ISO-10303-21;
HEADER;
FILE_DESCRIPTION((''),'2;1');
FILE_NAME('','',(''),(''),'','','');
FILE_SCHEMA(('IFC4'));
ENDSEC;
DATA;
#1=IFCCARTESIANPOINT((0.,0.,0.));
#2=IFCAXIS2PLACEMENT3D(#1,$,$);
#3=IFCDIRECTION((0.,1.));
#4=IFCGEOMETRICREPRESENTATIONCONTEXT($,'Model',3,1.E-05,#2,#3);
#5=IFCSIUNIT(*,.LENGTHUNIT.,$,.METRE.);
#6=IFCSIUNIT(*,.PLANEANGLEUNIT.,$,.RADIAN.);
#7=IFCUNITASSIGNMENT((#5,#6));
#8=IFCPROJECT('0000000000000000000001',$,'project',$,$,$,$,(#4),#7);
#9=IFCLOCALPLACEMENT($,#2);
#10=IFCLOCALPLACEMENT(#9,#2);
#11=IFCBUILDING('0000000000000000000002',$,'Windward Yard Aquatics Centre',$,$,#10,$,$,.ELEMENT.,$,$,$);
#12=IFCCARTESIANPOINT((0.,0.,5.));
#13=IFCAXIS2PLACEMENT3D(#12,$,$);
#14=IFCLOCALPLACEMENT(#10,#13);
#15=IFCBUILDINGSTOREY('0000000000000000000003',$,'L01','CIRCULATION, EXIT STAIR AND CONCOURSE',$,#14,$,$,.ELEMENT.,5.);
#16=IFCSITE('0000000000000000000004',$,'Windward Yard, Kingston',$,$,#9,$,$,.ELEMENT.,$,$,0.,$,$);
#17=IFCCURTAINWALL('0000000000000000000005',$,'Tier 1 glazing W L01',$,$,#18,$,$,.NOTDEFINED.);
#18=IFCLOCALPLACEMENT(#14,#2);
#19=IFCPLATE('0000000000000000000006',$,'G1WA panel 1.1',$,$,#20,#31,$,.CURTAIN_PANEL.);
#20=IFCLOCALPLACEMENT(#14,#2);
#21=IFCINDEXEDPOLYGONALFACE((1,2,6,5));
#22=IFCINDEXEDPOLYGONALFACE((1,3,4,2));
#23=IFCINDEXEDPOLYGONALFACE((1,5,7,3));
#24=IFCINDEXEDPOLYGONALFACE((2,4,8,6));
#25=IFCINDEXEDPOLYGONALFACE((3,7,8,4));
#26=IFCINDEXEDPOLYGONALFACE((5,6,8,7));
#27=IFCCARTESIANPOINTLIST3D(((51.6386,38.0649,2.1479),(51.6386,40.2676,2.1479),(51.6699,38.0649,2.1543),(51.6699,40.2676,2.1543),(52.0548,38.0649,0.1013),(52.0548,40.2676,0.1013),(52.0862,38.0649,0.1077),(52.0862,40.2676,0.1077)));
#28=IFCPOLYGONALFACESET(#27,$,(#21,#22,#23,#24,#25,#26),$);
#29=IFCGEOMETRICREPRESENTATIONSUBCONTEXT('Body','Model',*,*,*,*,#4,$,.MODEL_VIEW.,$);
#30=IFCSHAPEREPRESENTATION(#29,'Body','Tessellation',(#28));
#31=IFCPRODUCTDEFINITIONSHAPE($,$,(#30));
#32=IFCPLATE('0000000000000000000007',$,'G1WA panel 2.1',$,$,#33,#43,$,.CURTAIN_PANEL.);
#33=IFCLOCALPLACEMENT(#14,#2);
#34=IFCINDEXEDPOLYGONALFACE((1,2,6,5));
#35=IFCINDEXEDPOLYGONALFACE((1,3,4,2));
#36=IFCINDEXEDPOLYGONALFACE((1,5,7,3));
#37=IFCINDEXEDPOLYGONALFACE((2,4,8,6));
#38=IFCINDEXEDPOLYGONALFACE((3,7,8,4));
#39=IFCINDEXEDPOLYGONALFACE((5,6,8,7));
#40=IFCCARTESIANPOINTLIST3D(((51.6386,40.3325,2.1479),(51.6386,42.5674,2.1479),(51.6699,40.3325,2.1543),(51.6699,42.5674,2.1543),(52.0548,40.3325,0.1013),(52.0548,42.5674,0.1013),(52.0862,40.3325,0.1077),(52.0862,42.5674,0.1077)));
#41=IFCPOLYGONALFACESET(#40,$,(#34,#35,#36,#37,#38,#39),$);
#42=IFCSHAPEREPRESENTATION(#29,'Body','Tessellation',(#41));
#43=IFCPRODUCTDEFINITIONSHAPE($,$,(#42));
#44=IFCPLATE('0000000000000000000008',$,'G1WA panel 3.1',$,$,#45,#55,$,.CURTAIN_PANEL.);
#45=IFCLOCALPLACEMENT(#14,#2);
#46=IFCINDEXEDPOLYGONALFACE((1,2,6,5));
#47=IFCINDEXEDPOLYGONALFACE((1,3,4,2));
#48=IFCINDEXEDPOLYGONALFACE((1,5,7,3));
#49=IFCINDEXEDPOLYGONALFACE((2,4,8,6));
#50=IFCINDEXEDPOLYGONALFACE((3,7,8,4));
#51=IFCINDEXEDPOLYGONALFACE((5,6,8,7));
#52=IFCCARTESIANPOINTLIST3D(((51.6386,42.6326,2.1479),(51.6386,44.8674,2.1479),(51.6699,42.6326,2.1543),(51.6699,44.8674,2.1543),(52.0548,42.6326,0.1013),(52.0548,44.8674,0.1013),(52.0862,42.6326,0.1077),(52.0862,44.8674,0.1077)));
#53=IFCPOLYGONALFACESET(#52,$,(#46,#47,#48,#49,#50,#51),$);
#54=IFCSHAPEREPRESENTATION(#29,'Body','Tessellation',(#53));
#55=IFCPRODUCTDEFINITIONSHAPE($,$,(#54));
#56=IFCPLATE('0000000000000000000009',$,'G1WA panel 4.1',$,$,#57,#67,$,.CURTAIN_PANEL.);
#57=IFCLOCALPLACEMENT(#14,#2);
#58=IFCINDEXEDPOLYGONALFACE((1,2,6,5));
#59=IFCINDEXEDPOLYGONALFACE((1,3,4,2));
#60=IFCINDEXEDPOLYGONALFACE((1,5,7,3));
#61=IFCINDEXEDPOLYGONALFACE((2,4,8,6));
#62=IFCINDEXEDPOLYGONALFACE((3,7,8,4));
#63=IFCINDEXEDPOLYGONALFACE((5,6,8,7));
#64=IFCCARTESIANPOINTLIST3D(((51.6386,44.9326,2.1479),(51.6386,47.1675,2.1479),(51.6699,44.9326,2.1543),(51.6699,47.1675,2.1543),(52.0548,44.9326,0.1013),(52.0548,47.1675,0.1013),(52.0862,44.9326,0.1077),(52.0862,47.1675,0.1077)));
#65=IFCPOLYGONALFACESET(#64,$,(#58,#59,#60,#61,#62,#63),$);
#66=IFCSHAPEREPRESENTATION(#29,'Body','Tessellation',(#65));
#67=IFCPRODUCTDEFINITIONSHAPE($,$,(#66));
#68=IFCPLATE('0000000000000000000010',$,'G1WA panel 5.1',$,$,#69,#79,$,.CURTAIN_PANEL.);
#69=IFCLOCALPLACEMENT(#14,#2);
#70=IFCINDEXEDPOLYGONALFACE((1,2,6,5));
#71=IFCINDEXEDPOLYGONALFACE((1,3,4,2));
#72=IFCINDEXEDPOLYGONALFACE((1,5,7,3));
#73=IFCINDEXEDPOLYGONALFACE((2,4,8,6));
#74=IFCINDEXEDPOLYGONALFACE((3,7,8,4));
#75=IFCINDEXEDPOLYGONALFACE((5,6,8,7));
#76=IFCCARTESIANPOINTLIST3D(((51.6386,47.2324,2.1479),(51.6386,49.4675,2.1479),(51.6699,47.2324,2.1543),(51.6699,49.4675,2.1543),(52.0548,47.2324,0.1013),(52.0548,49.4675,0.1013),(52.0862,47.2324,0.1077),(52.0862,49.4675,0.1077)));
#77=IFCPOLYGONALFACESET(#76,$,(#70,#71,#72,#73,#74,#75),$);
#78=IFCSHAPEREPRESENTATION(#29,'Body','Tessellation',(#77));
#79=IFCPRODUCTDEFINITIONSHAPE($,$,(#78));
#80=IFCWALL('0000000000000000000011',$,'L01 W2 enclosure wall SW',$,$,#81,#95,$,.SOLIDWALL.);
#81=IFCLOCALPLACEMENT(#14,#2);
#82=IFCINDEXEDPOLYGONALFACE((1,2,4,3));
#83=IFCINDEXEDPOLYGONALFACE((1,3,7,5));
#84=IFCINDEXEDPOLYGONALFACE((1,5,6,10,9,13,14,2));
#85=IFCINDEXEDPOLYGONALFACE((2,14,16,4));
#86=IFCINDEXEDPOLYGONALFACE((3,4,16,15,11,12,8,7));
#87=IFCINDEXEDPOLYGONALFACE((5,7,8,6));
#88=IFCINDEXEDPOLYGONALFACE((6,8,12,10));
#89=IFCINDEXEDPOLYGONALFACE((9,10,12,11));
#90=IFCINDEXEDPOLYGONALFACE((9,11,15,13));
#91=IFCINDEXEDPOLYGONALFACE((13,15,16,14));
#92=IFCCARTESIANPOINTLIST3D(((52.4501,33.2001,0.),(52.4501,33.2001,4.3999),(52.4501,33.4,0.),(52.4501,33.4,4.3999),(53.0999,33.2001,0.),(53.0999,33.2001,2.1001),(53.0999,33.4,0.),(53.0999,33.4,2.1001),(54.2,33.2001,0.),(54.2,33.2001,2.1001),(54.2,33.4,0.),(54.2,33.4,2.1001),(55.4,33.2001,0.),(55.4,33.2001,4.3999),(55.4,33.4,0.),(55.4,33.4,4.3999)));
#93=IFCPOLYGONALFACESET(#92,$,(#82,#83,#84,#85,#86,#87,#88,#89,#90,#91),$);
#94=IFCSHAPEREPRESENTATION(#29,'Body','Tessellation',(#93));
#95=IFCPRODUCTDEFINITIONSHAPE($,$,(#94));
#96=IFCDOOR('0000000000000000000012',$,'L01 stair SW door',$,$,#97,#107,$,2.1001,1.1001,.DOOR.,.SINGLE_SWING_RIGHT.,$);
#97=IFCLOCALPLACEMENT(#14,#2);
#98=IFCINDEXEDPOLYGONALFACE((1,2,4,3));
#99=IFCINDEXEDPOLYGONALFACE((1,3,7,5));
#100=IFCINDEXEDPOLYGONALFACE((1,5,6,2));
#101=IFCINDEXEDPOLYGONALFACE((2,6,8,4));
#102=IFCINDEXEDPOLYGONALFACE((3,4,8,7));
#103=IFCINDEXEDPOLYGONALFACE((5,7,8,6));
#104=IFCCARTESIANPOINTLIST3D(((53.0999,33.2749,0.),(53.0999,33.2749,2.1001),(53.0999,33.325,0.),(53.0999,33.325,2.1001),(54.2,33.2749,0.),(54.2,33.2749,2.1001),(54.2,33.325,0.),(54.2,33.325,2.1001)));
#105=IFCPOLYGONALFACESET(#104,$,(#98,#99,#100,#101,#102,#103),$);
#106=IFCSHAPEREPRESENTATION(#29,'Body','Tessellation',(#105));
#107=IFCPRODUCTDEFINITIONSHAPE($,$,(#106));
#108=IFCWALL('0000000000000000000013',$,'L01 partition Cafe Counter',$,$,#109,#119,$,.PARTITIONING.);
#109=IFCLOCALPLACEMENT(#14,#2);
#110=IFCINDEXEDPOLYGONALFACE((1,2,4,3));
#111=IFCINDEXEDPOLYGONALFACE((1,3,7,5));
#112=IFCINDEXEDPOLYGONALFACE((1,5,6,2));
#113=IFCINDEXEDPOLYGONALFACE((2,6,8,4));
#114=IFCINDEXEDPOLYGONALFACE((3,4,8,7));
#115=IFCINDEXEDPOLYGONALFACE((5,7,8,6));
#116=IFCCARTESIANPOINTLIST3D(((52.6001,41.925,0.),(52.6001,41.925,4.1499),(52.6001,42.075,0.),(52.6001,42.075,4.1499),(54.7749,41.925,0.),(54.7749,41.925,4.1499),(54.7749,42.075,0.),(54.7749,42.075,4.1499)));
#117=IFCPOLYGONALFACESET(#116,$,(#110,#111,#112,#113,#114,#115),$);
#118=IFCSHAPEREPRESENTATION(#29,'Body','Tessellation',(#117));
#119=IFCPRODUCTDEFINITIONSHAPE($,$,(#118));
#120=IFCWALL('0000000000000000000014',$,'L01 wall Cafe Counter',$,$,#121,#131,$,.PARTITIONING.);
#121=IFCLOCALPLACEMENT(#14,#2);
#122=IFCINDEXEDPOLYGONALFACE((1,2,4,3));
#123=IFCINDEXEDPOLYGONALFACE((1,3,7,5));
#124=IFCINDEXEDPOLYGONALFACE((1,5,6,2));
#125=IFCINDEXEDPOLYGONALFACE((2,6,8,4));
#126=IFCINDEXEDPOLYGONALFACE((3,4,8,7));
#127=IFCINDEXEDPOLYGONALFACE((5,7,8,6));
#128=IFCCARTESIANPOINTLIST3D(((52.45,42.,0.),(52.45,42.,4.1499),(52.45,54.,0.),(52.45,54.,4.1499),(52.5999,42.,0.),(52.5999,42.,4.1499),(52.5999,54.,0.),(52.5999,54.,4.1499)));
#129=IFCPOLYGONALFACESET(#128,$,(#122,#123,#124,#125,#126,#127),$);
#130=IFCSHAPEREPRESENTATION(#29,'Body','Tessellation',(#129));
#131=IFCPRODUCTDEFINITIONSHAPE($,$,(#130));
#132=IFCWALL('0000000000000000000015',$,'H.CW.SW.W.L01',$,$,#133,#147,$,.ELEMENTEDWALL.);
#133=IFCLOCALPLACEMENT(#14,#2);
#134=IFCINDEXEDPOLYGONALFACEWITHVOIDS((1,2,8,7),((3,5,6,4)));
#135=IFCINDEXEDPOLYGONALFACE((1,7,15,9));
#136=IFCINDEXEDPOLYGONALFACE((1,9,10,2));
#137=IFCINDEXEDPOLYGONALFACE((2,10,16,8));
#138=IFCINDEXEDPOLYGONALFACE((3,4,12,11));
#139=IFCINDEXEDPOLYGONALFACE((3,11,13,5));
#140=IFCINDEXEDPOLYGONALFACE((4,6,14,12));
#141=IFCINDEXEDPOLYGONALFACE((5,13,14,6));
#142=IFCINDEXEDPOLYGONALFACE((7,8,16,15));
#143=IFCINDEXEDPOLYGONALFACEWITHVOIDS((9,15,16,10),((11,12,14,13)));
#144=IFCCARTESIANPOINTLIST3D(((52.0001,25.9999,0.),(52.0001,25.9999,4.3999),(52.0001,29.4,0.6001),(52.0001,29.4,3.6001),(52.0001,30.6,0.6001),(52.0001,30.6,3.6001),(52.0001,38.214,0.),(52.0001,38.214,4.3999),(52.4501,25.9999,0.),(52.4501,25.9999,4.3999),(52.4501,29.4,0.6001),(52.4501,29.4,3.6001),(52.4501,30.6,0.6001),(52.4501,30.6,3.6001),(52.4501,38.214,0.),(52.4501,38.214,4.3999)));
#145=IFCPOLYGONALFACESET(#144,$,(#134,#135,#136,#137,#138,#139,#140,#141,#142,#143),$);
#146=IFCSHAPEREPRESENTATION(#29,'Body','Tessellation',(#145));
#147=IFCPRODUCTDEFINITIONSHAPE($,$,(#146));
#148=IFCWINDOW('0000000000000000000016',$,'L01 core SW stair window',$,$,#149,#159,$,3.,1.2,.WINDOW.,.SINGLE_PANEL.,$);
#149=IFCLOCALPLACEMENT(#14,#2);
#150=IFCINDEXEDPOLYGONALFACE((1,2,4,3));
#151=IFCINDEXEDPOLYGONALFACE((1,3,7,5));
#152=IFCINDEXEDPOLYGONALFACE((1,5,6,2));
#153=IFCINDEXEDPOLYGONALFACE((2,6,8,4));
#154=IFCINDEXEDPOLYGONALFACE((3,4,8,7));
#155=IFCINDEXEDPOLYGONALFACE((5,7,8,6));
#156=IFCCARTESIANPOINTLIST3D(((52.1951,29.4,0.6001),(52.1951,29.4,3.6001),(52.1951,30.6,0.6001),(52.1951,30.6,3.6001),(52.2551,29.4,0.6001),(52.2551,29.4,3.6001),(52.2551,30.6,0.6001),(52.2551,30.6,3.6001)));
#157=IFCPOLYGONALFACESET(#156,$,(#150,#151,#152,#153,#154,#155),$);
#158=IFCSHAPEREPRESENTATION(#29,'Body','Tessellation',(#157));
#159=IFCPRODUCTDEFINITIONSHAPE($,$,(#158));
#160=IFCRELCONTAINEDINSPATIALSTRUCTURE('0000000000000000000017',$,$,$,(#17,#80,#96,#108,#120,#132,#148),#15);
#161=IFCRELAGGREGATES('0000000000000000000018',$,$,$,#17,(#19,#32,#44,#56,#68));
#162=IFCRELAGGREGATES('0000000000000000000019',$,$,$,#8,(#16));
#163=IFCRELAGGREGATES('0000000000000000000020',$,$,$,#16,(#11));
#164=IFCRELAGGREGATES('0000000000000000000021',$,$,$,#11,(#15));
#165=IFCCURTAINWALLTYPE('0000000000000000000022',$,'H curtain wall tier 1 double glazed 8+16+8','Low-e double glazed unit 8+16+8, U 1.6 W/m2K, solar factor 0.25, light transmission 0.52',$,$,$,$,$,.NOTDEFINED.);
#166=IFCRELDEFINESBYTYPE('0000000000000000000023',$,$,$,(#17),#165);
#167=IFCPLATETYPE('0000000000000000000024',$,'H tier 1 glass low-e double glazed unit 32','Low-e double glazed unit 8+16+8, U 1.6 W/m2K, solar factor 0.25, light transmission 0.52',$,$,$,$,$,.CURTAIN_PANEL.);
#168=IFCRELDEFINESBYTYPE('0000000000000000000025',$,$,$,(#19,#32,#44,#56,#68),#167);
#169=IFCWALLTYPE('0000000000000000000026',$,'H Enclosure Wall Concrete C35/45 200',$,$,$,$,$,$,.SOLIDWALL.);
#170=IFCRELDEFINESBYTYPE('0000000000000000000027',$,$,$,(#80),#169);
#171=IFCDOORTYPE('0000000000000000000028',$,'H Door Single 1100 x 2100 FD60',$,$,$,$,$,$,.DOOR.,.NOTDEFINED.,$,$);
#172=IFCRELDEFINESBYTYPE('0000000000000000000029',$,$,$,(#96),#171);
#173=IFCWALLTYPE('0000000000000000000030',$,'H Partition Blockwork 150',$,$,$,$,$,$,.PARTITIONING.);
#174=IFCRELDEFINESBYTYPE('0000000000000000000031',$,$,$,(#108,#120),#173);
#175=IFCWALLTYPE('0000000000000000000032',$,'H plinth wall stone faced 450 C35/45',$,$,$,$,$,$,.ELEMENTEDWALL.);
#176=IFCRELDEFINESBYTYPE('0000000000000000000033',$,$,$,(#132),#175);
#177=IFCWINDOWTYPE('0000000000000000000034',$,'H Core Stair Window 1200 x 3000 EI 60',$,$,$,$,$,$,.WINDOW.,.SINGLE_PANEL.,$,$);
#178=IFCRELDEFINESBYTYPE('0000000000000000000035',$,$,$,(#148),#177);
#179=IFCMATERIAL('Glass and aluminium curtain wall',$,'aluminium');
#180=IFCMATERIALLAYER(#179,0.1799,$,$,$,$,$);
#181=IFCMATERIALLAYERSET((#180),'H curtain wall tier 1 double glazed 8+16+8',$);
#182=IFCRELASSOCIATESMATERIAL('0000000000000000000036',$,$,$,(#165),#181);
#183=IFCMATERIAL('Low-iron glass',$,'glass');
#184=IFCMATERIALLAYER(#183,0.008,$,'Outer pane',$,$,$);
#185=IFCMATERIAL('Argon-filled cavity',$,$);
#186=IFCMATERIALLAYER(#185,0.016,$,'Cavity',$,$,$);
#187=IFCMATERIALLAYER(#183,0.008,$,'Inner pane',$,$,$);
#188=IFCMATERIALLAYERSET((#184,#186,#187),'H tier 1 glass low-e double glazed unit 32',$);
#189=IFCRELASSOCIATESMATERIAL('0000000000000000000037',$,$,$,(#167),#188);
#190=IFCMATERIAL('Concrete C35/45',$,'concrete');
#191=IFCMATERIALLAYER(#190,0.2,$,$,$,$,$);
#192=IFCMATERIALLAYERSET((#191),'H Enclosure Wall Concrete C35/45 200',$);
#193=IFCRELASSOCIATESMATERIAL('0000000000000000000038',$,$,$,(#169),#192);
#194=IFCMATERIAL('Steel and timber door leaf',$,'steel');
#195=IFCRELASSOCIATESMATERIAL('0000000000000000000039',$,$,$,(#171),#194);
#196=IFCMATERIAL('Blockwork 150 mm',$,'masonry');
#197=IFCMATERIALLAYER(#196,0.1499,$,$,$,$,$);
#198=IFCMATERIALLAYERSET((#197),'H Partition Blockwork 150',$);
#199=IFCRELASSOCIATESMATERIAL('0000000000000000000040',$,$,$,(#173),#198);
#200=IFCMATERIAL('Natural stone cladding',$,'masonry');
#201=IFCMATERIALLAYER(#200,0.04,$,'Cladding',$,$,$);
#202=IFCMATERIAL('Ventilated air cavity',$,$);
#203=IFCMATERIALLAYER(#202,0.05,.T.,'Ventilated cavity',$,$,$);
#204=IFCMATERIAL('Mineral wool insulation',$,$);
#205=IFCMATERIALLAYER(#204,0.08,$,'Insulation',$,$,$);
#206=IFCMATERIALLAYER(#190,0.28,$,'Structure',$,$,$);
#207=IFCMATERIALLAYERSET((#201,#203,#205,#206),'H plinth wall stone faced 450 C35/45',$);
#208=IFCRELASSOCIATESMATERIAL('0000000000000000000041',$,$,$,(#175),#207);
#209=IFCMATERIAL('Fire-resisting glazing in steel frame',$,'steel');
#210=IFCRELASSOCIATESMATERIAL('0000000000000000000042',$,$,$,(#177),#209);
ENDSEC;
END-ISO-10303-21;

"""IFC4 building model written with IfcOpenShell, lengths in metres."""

from ifc_helpers import new_model, si_unit, direction, frame, frame_2d, origin, place, context, subcontext, project, spatial, polyline, rectangle, outline, extrude, material, layer, layer_set, type_object, element, fill, aggregate, save


model = new_model("IFC4")

# Units and contexts
model_context = context("Model", 3, precision=1e-05, world=origin(), true_north=direction((0.0, 1.0)))
body_context = subcontext(model_context, "Body", "Model", "MODEL_VIEW")
ifc_project = project(units=[si_unit("LENGTHUNIT", "METRE"), si_unit("PLANEANGLEUNIT", "RADIAN")], contexts=[model_context])

# Site, building, storey
site_placement = place(None, origin())
site = spatial("IfcSite", under=ifc_project, at=site_placement, Name="Windward Yard, Kingston", CompositionType="ELEMENT", RefElevation=0.0)
building_placement = place(site_placement, origin())
building = spatial("IfcBuilding", under=site, at=building_placement, Name="Windward Yard Aquatics Centre", CompositionType="ELEMENT")
storey_placement = place(building_placement, frame((0.0, 0.0, 5.0)))
storey = spatial("IfcBuildingStorey", under=building, at=storey_placement, Name="L01", Description="CIRCULATION, EXIT STAIR AND CONCOURSE", CompositionType="ELEMENT", Elevation=5.0)

# Curtain wall, plates
ifc_material_1 = material(Name="Glass and aluminium curtain wall", Category="aluminium")
ifc_layer_1 = layer(ifc_material_1, 0.1799)
ifc_layer_set_1 = layer_set([ifc_layer_1], Name="H curtain wall tier 1 double glazed 8+16+8")
curtain_wall_type = type_object("IfcCurtainWallType", Name="H curtain wall tier 1 double glazed 8+16+8", Description="Low-e double glazed unit 8+16+8, U 1.6 W/m2K, solar factor 0.25, light transmission 0.52", PredefinedType="NOTDEFINED", material=ifc_layer_set_1)
curtain_wall_placement = place(storey_placement, origin())
curtain_wall = element("IfcCurtainWall", 1, at=curtain_wall_placement, inside=storey, type_object=curtain_wall_type, Name="Tier 1 glazing W L01", PredefinedType="NOTDEFINED")
ifc_material_2 = material(Name="Low-iron glass", Category="glass")
ifc_layer_2 = layer(ifc_material_2, 0.008, Name="Outer pane")
ifc_material_3 = material(Name="Argon-filled cavity")
ifc_layer_3 = layer(ifc_material_3, 0.016, Name="Cavity")
ifc_layer_4 = layer(ifc_material_2, 0.008, Name="Inner pane")
ifc_layer_set_2 = layer_set([ifc_layer_2, ifc_layer_3, ifc_layer_4], Name="H tier 1 glass low-e double glazed unit 32")
plate_type = type_object("IfcPlateType", Name="H tier 1 glass low-e double glazed unit 32", Description="Low-e double glazed unit 8+16+8, U 1.6 W/m2K, solar factor 0.25, light transmission 0.52", PredefinedType="CURTAIN_PANEL", material=ifc_layer_set_2)
plate_1_placement = place(storey_placement, frame((51.6699, 38.0649, 2.1543), z_axis=(0.979937, 0.0, 0.199307), x_axis=(0.199307, 0.0, -0.979937)))
plate_1 = element("IfcPlate", 2, at=plate_1_placement, type_object=plate_type, Name="G1WA panel 1.1", PredefinedType="CURTAIN_PANEL", context=body_context, shape_type="SweptSolid", body=[
    extrude(outline(polyline([(0.0, 0.0), (2.0885, 0.0), (2.0885, 2.2026), (0.0, 2.2026), (0.0, 0.0)])), origin(), (0.0, 0.0, -1.0), 0.032),
])
plate_2_placement = place(storey_placement, frame((51.6699, 40.3325, 2.1543), z_axis=(0.979937, 0.0, 0.199307), x_axis=(0.199307, 0.0, -0.979937)))
plate_2 = element("IfcPlate", 3, at=plate_2_placement, type_object=plate_type, Name="G1WA panel 2.1", PredefinedType="CURTAIN_PANEL", context=body_context, shape_type="SweptSolid", body=[
    extrude(outline(polyline([(0.0, 0.0), (2.0885, 0.0), (2.0885, 2.2349), (0.0, 2.2349), (0.0, 0.0)])), origin(), (0.0, 0.0, -1.0), 0.032),
])
plate_3_placement = place(storey_placement, frame((51.6699, 42.6326, 2.1543), z_axis=(0.979937, 0.0, 0.199307), x_axis=(0.199307, 0.0, -0.979937)))
plate_3 = element("IfcPlate", 4, at=plate_3_placement, type_object=plate_type, Name="G1WA panel 3.1", PredefinedType="CURTAIN_PANEL", context=body_context, shape_type="SweptSolid", body=[
    extrude(outline(polyline([(0.0, 0.0), (2.0885, 0.0), (2.0885, 2.2349), (0.0, 2.2349), (0.0, 0.0)])), origin(), (0.0, 0.0, -1.0), 0.032),
])
plate_4_placement = place(storey_placement, frame((51.6699, 44.9326, 2.1543), z_axis=(0.979937, 0.0, 0.199307), x_axis=(0.199307, 0.0, -0.979937)))
plate_4 = element("IfcPlate", 5, at=plate_4_placement, type_object=plate_type, Name="G1WA panel 4.1", PredefinedType="CURTAIN_PANEL", context=body_context, shape_type="SweptSolid", body=[
    extrude(outline(polyline([(0.0, 0.0), (2.0885, 0.0), (2.0885, 2.2349), (0.0, 2.2349), (0.0, 0.0)])), origin(), (0.0, 0.0, -1.0), 0.032),
])
plate_5_placement = place(storey_placement, frame((51.6699, 47.2324, 2.1543), z_axis=(0.979937, 0.0, 0.199307), x_axis=(0.199307, 0.0, -0.979937)))
plate_5 = element("IfcPlate", 6, at=plate_5_placement, type_object=plate_type, Name="G1WA panel 5.1", PredefinedType="CURTAIN_PANEL", context=body_context, shape_type="SweptSolid", body=[
    extrude(outline(polyline([(0.0, 0.0), (2.0885, 0.0), (2.0885, 2.2351), (0.0, 2.2351), (0.0, 0.0)])), origin(), (0.0, 0.0, -1.0), 0.032),
])
aggregate(curtain_wall, [plate_1, plate_2, plate_3, plate_4, plate_5])

# Wall, opening, door
ifc_material_4 = material(Name="Concrete C35/45", Category="concrete")
ifc_layer_5 = layer(ifc_material_4, 0.2)
ifc_layer_set_3 = layer_set([ifc_layer_5], Name="H Enclosure Wall Concrete C35/45 200")
wall_type_1 = type_object("IfcWallType", Name="H Enclosure Wall Concrete C35/45 200", PredefinedType="SOLIDWALL", material=ifc_layer_set_3)
wall_1_placement = place(storey_placement, frame((52.45, 33.3, 0.0), z_axis=(0.0, 0.0, 1.0), x_axis=(1.0, 0.0, 0.0)))
wall_1 = element("IfcWall", 7, at=wall_1_placement, inside=storey, type_object=wall_type_1, Name="L01 W2 enclosure wall SW", PredefinedType="SOLIDWALL", context=body_context, shape_type="SweptSolid", body=[
    extrude(rectangle(XDim=2.95, YDim=0.2, at=frame_2d((1.4751, 0.0))), origin(), (0.0, 0.0, 1.0), 4.3999),
])
opening_1_placement = place(wall_1_placement, frame((0.6499, 0.0, 0.0)))
opening_1 = element("IfcOpeningElement", 8, at=opening_1_placement, cuts=wall_1, PredefinedType="OPENING", context=body_context, shape_type="SweptSolid", body=[
    extrude(rectangle(XDim=1.1001, YDim=2.1001, at=frame_2d((0.55, 1.05))), frame((0.0, 0.1099, 0.0), z_axis=(0.0, -1.0, 0.0), x_axis=(1.0, 0.0, 0.0)), (0.0, 0.0, 1.0), 0.22),
])
ifc_material_5 = material(Name="Steel and timber door leaf", Category="steel")
door_type_1 = type_object("IfcDoorType", Name="H Door Single 1100 x 2100 FD60", OperationType="NOTDEFINED", PredefinedType="DOOR", material=ifc_material_5)
door_1_placement = place(opening_1_placement, origin())
door_1 = element("IfcDoor", 9, at=door_1_placement, inside=storey, type_object=door_type_1, Name="L01 stair SW door", OperationType="SINGLE_SWING_RIGHT", OverallHeight=2.1001, OverallWidth=1.1001, PredefinedType="DOOR", context=body_context, shape_type="SweptSolid", body=[
    extrude(rectangle(XDim=1.1001, YDim=2.1001, at=frame_2d((0.55, 1.05))), frame((0.0, 0.0249, 0.0), z_axis=(0.0, -1.0, 0.0), x_axis=(1.0, 0.0, 0.0)), (0.0, 0.0, 1.0), 0.05),
])
fill(opening_1, door_1)

# Walls
ifc_material_6 = material(Name="Blockwork 150 mm", Category="masonry")
ifc_layer_6 = layer(ifc_material_6, 0.1499)
ifc_layer_set_4 = layer_set([ifc_layer_6], Name="H Partition Blockwork 150")
wall_type_2 = type_object("IfcWallType", Name="H Partition Blockwork 150", PredefinedType="PARTITIONING", material=ifc_layer_set_4)
wall_2_placement = place(storey_placement, frame((52.6001, 42.0, 0.0), z_axis=(0.0, 0.0, 1.0), x_axis=(1.0, 0.0, 0.0)))
element("IfcWall", 10, at=wall_2_placement, inside=storey, type_object=wall_type_2, Name="L01 partition Cafe Counter", PredefinedType="PARTITIONING", context=body_context, shape_type="SweptSolid", body=[
    extrude(rectangle(XDim=2.1748, YDim=0.1499, at=frame_2d((1.0874, 0.0))), origin(), (0.0, 0.0, 1.0), 4.1499),
])
wall_3_placement = place(storey_placement, frame((52.5249, 42.0, 0.0), z_axis=(0.0, 0.0, 1.0), x_axis=(0.0, 1.0, 0.0)))
element("IfcWall", 11, at=wall_3_placement, inside=storey, type_object=wall_type_2, Name="L01 wall Cafe Counter", PredefinedType="PARTITIONING", context=body_context, shape_type="SweptSolid", body=[
    extrude(rectangle(XDim=12.0, YDim=0.1499, at=frame_2d((6.0, 0.0))), origin(), (0.0, 0.0, 1.0), 4.1499),
])

# Wall, opening, window
ifc_material_7 = material(Name="Natural stone cladding", Category="masonry")
ifc_layer_7 = layer(ifc_material_7, 0.04, Name="Cladding")
ifc_material_8 = material(Name="Ventilated air cavity")
ifc_layer_8 = layer(ifc_material_8, 0.05, ventilated=True, Name="Ventilated cavity")
ifc_material_9 = material(Name="Mineral wool insulation")
ifc_layer_9 = layer(ifc_material_9, 0.08, Name="Insulation")
ifc_layer_10 = layer(ifc_material_4, 0.28, Name="Structure")
ifc_layer_set_5 = layer_set([ifc_layer_7, ifc_layer_8, ifc_layer_9, ifc_layer_10], Name="H plinth wall stone faced 450 C35/45")
wall_type_3 = type_object("IfcWallType", Name="H plinth wall stone faced 450 C35/45", PredefinedType="ELEMENTEDWALL", material=ifc_layer_set_5)
wall_4_placement = place(storey_placement, frame((52.2251, 26.0, 0.0), z_axis=(0.0, 0.0, 1.0), x_axis=(0.0, 1.0, 0.0)))
wall_4 = element("IfcWall", 12, at=wall_4_placement, inside=storey, type_object=wall_type_3, Name="H.CW.SW.W.L01", PredefinedType="ELEMENTEDWALL", context=body_context, shape_type="SweptSolid", body=[
    extrude(rectangle(XDim=12.2141, YDim=0.45, at=frame_2d((6.1069, 0.0))), origin(), (0.0, 0.0, 1.0), 4.3999),
])
opening_2_placement = place(wall_4_placement, frame((3.3999, 0.0, 0.6001)))
opening_2 = element("IfcOpeningElement", 13, at=opening_2_placement, cuts=wall_4, PredefinedType="OPENING", context=body_context, shape_type="SweptSolid", body=[
    extrude(rectangle(XDim=1.2, YDim=3.0, at=frame_2d((0.6001, 1.5))), frame((0.0, 0.2349, 0.0), z_axis=(0.0, -1.0, 0.0), x_axis=(1.0, 0.0, 0.0)), (0.0, 0.0, 1.0), 0.47),
])
ifc_material_10 = material(Name="Fire-resisting glazing in steel frame", Category="steel")
window_type = type_object("IfcWindowType", Name="H Core Stair Window 1200 x 3000 EI 60", PartitioningType="SINGLE_PANEL", PredefinedType="WINDOW", material=ifc_material_10)
window_1_placement = place(opening_2_placement, origin())
window_1 = element("IfcWindow", 14, at=window_1_placement, inside=storey, type_object=window_type, Name="L01 core SW stair window", OverallHeight=3.0, OverallWidth=1.2, PartitioningType="SINGLE_PANEL", PredefinedType="WINDOW", context=body_context, shape_type="SweptSolid", body=[
    extrude(rectangle(XDim=1.2, YDim=3.0, at=frame_2d((0.6001, 1.5))), frame((0.0, 0.03, 0.0), z_axis=(0.0, -1.0, 0.0), x_axis=(1.0, 0.0, 0.0)), (0.0, 0.0, 1.0), 0.0601),
])
fill(opening_2, window_1)

save(model, "model.ifc")
